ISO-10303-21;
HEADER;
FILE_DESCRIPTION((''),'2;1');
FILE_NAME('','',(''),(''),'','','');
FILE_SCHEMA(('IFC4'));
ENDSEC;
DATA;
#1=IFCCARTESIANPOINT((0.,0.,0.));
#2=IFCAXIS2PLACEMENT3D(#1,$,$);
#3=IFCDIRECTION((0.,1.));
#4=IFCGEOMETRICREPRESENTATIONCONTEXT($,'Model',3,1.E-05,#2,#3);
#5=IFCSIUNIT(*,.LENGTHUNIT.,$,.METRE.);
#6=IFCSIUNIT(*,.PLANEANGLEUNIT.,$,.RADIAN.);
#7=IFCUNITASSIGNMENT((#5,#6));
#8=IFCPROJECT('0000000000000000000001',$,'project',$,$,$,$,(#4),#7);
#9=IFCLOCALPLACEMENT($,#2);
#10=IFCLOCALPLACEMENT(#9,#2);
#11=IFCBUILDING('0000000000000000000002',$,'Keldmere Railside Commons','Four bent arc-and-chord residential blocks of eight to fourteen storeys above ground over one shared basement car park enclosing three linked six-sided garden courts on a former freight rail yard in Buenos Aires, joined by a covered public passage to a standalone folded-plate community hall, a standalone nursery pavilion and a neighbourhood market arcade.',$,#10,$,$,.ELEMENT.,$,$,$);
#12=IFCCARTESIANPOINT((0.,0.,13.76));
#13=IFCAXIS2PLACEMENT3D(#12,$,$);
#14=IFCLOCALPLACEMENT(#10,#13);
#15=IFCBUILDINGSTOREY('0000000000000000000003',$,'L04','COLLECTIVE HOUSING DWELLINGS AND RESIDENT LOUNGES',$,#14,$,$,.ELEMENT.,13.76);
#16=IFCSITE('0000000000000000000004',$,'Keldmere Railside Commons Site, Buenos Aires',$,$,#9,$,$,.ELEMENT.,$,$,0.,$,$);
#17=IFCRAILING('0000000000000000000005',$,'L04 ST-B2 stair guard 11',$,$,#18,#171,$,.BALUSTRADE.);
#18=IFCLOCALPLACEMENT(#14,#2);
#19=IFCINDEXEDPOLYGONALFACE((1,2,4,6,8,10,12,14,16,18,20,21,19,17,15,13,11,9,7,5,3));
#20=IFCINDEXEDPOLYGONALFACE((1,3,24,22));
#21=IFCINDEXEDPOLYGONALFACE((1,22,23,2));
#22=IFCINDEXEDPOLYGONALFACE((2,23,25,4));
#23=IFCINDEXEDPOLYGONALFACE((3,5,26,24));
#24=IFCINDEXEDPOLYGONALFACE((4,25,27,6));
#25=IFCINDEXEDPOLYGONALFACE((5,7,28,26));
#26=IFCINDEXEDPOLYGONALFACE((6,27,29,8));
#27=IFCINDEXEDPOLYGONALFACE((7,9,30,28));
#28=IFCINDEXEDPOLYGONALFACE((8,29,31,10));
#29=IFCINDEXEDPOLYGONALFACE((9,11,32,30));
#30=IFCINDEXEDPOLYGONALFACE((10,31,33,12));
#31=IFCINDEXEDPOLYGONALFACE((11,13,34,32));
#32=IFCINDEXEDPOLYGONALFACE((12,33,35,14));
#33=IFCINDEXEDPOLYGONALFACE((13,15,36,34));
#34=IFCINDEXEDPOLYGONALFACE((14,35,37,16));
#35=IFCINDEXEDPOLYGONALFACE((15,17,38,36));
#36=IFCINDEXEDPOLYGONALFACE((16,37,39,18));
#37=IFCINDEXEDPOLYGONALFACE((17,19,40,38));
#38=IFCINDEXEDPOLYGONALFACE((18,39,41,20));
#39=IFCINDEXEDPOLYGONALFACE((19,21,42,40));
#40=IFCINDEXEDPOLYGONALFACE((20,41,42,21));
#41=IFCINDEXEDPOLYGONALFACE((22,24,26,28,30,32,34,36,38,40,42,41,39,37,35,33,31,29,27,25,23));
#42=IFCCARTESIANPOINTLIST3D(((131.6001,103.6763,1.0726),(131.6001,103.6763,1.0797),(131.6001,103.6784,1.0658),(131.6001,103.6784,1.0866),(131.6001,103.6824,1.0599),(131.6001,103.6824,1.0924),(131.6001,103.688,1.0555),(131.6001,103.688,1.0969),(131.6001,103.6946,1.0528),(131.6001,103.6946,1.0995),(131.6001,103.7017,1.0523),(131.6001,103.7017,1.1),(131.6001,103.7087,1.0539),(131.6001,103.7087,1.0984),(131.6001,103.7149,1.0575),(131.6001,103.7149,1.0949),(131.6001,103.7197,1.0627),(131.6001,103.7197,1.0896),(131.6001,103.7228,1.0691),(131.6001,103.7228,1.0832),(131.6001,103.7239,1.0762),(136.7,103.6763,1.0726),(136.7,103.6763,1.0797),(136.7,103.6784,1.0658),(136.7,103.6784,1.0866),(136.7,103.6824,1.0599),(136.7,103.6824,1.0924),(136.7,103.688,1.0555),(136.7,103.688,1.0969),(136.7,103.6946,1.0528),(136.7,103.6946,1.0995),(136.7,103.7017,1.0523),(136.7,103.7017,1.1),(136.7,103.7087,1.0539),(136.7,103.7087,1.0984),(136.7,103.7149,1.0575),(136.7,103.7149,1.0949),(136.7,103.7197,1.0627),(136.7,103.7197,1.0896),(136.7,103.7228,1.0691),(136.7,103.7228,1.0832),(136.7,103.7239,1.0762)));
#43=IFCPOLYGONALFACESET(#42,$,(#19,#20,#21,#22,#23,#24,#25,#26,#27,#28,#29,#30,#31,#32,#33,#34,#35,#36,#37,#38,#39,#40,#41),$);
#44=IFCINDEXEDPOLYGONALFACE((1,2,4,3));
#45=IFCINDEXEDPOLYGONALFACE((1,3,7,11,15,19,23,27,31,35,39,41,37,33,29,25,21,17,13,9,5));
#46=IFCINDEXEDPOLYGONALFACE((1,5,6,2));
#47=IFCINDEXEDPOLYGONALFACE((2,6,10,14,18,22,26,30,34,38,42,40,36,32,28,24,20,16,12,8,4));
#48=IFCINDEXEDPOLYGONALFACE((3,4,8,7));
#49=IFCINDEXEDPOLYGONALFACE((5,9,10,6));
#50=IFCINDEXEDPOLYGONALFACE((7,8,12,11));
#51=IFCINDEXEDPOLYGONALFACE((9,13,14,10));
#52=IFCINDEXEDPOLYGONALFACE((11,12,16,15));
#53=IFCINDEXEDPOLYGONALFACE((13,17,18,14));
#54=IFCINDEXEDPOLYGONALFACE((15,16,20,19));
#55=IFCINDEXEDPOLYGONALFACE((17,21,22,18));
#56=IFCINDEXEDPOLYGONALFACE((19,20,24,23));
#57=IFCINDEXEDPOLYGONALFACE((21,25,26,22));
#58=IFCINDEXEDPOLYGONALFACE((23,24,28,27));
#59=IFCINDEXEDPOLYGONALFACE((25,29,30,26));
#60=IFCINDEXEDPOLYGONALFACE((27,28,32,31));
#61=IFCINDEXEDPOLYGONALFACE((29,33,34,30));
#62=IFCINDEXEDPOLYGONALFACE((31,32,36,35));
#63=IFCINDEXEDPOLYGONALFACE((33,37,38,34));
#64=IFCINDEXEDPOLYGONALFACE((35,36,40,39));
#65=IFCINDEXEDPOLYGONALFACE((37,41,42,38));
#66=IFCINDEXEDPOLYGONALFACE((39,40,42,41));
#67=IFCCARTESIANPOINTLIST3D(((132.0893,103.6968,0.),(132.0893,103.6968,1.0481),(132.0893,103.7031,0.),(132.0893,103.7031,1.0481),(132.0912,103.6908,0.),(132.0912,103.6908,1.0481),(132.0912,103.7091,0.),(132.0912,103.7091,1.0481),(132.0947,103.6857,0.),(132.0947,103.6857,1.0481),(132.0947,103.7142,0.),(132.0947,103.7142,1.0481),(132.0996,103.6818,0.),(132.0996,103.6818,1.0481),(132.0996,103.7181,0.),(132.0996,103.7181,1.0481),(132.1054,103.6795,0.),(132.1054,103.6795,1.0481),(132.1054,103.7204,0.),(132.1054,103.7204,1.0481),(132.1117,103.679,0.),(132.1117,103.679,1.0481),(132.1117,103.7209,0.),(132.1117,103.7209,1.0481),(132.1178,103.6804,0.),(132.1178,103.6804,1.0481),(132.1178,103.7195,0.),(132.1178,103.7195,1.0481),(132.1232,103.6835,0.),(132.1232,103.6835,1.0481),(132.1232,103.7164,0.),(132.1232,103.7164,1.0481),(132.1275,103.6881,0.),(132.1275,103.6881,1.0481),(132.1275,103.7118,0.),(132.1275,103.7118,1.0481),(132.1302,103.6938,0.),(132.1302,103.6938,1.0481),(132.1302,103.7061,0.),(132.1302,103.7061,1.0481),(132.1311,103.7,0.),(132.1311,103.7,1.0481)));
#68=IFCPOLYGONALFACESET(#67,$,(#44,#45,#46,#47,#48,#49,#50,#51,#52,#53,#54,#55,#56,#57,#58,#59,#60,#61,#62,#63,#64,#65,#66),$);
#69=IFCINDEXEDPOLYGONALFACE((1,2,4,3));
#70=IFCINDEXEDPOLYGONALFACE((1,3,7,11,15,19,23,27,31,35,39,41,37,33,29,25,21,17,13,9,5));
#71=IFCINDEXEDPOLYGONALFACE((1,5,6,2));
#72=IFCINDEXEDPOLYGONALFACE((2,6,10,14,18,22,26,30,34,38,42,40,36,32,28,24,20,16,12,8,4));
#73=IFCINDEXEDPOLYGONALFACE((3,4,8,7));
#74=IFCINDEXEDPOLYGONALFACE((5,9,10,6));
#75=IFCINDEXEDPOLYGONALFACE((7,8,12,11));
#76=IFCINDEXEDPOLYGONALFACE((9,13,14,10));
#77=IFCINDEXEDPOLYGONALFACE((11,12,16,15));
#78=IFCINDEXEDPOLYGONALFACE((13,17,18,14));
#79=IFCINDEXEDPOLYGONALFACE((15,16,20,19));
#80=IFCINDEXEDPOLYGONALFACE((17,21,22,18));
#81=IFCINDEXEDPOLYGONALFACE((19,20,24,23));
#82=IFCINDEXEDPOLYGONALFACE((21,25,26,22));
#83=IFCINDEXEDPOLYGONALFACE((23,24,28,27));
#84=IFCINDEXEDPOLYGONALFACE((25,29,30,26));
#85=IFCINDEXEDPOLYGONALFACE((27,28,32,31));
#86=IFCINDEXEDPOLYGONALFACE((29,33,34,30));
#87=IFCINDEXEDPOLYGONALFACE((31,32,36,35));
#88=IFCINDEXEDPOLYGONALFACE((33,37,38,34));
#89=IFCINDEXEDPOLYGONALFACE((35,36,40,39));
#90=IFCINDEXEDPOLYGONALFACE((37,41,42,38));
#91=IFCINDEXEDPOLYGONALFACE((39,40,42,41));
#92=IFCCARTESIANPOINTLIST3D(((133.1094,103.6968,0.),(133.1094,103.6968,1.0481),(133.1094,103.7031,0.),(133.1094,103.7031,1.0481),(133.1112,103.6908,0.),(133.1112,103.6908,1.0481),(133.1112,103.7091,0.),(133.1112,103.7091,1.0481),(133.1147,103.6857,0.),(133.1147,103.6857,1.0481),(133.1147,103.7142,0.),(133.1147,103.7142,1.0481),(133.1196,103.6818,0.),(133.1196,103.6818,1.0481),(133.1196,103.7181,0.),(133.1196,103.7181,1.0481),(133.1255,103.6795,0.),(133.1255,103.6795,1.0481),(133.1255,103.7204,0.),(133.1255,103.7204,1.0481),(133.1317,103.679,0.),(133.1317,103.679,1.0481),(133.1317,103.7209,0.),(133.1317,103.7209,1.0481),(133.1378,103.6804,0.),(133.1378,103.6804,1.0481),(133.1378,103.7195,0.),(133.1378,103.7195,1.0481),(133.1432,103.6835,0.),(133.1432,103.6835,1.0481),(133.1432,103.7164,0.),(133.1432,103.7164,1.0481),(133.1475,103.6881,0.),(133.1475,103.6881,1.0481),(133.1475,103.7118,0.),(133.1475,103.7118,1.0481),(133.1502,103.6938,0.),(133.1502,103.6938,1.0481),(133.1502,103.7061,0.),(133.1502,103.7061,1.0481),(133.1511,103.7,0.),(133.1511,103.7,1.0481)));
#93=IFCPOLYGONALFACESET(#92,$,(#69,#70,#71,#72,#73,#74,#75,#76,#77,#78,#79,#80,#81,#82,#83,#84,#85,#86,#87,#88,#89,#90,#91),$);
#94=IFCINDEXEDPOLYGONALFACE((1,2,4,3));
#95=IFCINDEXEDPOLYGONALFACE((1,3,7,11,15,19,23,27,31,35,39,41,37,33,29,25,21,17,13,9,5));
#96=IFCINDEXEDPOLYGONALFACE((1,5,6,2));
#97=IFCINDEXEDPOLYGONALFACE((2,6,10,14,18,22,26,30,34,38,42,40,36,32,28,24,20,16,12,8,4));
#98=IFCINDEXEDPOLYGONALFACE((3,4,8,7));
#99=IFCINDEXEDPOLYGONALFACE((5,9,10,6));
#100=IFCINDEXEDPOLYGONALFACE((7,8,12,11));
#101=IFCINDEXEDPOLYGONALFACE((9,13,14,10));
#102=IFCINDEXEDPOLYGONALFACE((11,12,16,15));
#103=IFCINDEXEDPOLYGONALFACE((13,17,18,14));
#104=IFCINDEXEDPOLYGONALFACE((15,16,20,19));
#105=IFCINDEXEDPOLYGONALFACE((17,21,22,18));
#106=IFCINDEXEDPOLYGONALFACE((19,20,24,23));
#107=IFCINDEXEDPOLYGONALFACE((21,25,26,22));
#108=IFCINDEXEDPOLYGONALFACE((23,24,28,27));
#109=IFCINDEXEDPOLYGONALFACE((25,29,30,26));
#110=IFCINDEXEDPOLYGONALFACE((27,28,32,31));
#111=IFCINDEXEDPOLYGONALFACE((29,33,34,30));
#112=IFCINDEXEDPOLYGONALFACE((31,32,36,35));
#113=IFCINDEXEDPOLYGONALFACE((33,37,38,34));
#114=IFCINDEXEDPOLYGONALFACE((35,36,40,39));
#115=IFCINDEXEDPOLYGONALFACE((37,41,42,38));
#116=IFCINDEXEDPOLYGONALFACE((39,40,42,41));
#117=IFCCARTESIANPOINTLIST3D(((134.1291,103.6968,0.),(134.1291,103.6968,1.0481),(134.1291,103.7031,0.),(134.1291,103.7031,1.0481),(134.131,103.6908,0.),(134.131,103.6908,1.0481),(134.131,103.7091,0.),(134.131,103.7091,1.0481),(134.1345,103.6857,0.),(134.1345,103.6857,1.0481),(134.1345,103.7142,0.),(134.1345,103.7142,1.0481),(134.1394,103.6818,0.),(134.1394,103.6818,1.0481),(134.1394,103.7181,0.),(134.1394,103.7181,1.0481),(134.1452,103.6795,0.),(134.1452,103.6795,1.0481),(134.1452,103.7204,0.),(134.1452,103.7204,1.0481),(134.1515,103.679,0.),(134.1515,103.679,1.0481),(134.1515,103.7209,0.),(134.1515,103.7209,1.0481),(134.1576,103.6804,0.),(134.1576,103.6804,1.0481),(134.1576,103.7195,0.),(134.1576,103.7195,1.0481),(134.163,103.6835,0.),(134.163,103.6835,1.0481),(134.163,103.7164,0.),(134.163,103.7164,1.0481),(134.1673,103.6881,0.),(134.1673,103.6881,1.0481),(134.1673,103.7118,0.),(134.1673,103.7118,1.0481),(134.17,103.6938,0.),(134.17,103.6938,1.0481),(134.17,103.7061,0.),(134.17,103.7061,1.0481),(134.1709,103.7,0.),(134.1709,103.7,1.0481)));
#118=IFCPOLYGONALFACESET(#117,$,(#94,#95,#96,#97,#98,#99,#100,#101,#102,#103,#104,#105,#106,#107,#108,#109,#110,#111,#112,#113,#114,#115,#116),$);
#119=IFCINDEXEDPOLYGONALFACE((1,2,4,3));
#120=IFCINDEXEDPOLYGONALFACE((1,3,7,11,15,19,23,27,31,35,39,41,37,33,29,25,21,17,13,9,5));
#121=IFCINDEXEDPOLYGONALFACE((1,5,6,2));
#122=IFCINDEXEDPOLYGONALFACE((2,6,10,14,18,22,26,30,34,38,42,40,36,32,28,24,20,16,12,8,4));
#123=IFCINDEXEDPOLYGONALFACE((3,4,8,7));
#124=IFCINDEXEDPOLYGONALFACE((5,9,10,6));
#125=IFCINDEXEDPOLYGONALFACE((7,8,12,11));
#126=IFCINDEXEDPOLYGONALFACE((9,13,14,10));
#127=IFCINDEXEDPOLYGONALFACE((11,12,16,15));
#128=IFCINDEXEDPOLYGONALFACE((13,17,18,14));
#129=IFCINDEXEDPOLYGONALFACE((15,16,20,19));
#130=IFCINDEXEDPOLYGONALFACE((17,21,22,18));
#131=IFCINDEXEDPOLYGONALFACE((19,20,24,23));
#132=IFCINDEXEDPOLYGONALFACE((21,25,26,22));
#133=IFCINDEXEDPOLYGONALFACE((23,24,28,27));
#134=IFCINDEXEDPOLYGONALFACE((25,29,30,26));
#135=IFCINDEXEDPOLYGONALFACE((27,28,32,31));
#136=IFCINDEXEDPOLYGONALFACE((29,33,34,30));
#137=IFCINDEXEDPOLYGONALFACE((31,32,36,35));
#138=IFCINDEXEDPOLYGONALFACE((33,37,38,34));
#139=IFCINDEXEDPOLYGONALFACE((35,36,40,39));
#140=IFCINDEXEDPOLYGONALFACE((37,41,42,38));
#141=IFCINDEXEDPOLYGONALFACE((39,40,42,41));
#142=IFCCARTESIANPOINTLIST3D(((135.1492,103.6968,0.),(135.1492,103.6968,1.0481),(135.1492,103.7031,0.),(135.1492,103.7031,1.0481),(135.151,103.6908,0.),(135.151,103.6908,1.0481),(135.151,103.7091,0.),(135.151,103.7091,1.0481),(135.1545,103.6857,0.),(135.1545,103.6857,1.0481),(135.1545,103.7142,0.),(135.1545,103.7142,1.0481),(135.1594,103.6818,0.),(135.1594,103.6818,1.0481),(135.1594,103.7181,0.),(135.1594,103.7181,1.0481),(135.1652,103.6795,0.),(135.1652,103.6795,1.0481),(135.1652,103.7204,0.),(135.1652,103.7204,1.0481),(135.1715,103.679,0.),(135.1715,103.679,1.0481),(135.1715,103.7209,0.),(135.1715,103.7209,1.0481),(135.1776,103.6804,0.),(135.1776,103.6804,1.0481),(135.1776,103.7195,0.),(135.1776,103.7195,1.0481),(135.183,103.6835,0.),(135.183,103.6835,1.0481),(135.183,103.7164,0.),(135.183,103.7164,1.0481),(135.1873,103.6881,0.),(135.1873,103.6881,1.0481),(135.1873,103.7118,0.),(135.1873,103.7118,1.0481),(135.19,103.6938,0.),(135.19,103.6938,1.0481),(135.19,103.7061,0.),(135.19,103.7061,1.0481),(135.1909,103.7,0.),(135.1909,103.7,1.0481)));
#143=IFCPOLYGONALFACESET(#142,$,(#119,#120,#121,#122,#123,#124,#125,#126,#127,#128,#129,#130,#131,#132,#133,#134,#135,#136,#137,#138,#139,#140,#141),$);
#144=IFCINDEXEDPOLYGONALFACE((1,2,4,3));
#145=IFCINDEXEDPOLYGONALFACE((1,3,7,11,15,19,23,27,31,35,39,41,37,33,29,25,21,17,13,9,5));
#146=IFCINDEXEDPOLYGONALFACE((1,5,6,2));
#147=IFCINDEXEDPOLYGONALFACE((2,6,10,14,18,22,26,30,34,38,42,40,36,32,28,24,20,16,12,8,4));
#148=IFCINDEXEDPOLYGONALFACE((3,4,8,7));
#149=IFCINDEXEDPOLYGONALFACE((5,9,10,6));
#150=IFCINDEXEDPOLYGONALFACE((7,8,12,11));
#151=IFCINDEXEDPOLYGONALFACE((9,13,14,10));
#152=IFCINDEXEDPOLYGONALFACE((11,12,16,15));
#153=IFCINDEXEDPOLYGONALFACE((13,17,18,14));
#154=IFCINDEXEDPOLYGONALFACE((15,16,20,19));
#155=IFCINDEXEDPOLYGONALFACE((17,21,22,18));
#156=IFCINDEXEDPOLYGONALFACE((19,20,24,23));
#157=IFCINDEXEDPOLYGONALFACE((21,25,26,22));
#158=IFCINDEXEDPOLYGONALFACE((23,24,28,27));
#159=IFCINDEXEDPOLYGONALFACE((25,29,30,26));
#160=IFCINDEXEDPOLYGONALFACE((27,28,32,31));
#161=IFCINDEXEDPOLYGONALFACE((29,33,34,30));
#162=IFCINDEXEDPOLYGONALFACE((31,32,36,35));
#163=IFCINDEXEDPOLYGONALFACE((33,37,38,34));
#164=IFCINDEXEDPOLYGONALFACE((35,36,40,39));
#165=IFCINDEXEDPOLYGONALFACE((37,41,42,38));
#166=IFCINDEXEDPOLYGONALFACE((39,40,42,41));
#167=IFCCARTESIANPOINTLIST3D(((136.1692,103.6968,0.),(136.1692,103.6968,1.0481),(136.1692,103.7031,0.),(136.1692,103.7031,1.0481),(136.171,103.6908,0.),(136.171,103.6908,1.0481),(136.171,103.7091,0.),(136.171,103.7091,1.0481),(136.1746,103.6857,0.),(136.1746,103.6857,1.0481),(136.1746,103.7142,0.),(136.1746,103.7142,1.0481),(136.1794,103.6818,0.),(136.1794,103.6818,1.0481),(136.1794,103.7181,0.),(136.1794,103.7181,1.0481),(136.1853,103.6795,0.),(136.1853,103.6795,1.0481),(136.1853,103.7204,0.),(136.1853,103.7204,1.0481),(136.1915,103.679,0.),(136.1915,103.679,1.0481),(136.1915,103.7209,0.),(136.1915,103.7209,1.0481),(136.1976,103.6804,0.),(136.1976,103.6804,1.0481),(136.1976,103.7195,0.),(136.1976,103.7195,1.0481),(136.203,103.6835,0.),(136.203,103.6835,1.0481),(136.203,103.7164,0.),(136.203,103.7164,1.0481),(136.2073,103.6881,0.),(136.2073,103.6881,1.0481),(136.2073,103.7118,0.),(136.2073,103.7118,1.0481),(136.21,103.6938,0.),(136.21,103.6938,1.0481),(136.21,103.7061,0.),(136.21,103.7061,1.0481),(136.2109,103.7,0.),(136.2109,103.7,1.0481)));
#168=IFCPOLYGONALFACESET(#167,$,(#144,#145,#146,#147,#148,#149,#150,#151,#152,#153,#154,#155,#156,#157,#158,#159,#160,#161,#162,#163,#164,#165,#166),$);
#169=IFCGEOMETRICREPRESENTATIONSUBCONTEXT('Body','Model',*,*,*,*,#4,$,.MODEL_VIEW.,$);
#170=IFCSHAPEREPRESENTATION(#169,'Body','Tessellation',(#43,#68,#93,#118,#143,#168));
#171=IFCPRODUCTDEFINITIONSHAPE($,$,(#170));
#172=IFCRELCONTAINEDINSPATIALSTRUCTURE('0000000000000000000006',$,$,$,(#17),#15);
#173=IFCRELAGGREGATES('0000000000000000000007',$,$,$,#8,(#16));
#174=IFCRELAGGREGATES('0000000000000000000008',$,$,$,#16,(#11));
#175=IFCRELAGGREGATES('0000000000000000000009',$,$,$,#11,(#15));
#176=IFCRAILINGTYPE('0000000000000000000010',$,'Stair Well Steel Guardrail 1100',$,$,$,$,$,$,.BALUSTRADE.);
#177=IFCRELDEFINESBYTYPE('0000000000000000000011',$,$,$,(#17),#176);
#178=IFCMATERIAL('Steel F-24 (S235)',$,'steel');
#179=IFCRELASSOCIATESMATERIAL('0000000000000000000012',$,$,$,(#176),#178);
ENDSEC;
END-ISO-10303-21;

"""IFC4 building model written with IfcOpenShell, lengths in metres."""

from ifc_helpers import new_model, si_unit, direction, frame, origin, origin_2d, place, context, subcontext, project, spatial, circle, extrude, material, type_object, element, save


model = new_model("IFC4")

# Units and contexts
model_context = context("Model", 3, precision=1e-05, world=origin(), true_north=direction((0.0, 1.0)))
body_context = subcontext(model_context, "Body", "Model", "MODEL_VIEW")
ifc_project = project(units=[si_unit("LENGTHUNIT", "METRE"), si_unit("PLANEANGLEUNIT", "RADIAN")], contexts=[model_context])

# Site, building, storey
site_placement = place(None, origin())
site = spatial("IfcSite", under=ifc_project, at=site_placement, Name="Keldmere Railside Commons Site, Buenos Aires", CompositionType="ELEMENT", RefElevation=0.0)
building_placement = place(site_placement, origin())
building = spatial("IfcBuilding", under=site, at=building_placement, Name="Keldmere Railside Commons", Description="Four bent arc-and-chord residential blocks of eight to fourteen storeys above ground over one shared basement car park enclosing three linked six-sided garden courts on a former freight rail yard in Buenos Aires, joined by a covered public passage to a standalone folded-plate community hall, a standalone nursery pavilion and a neighbourhood market arcade.", CompositionType="ELEMENT")
storey_placement = place(building_placement, frame((0.0, 0.0, 13.76)))
storey = spatial("IfcBuildingStorey", under=building, at=storey_placement, Name="L04", Description="COLLECTIVE HOUSING DWELLINGS AND RESIDENT LOUNGES", CompositionType="ELEMENT", Elevation=13.76)

# Railing
ifc_material_1 = material(Name="Steel F-24 (S235)", Category="steel")
railing_type_1 = type_object("IfcRailingType", Name="Stair Well Steel Guardrail 1100", PredefinedType="BALUSTRADE", material=ifc_material_1)
for number, where, name in (
    (1, (131.6001, 103.7, 0.0), "L04 ST-B2 stair guard 11"),
):
    element("IfcRailing", number, at=place(storey_placement, frame(where)), inside=storey, type_object=railing_type_1, Name=name, PredefinedType="BALUSTRADE", context=body_context, shape_type="SweptSolid", body=[
        extrude(circle(Radius=0.0239, at=origin_2d()), frame((0.0, 0.0, 1.0762), z_axis=(1.0, 0.0, 0.0), x_axis=(0.0, 1.0, 0.0)), (0.0, 0.0, 1.0), 5.0999),
        extrude(circle(Radius=0.021, at=origin_2d()), frame((0.51, 0.0, 0.0)), (0.0, 0.0, 1.0), 1.0481),
        extrude(circle(Radius=0.021, at=origin_2d()), frame((1.53, 0.0, 0.0)), (0.0, 0.0, 1.0), 1.0481),
        extrude(circle(Radius=0.021, at=origin_2d()), frame((2.5498, 0.0, 0.0)), (0.0, 0.0, 1.0), 1.0481),
        extrude(circle(Radius=0.021, at=origin_2d()), frame((3.5698, 0.0, 0.0)), (0.0, 0.0, 1.0), 1.0481),
        extrude(circle(Radius=0.021, at=origin_2d()), frame((4.5898, 0.0, 0.0)), (0.0, 0.0, 1.0), 1.0481),
    ])

save(model, "model.ifc")
